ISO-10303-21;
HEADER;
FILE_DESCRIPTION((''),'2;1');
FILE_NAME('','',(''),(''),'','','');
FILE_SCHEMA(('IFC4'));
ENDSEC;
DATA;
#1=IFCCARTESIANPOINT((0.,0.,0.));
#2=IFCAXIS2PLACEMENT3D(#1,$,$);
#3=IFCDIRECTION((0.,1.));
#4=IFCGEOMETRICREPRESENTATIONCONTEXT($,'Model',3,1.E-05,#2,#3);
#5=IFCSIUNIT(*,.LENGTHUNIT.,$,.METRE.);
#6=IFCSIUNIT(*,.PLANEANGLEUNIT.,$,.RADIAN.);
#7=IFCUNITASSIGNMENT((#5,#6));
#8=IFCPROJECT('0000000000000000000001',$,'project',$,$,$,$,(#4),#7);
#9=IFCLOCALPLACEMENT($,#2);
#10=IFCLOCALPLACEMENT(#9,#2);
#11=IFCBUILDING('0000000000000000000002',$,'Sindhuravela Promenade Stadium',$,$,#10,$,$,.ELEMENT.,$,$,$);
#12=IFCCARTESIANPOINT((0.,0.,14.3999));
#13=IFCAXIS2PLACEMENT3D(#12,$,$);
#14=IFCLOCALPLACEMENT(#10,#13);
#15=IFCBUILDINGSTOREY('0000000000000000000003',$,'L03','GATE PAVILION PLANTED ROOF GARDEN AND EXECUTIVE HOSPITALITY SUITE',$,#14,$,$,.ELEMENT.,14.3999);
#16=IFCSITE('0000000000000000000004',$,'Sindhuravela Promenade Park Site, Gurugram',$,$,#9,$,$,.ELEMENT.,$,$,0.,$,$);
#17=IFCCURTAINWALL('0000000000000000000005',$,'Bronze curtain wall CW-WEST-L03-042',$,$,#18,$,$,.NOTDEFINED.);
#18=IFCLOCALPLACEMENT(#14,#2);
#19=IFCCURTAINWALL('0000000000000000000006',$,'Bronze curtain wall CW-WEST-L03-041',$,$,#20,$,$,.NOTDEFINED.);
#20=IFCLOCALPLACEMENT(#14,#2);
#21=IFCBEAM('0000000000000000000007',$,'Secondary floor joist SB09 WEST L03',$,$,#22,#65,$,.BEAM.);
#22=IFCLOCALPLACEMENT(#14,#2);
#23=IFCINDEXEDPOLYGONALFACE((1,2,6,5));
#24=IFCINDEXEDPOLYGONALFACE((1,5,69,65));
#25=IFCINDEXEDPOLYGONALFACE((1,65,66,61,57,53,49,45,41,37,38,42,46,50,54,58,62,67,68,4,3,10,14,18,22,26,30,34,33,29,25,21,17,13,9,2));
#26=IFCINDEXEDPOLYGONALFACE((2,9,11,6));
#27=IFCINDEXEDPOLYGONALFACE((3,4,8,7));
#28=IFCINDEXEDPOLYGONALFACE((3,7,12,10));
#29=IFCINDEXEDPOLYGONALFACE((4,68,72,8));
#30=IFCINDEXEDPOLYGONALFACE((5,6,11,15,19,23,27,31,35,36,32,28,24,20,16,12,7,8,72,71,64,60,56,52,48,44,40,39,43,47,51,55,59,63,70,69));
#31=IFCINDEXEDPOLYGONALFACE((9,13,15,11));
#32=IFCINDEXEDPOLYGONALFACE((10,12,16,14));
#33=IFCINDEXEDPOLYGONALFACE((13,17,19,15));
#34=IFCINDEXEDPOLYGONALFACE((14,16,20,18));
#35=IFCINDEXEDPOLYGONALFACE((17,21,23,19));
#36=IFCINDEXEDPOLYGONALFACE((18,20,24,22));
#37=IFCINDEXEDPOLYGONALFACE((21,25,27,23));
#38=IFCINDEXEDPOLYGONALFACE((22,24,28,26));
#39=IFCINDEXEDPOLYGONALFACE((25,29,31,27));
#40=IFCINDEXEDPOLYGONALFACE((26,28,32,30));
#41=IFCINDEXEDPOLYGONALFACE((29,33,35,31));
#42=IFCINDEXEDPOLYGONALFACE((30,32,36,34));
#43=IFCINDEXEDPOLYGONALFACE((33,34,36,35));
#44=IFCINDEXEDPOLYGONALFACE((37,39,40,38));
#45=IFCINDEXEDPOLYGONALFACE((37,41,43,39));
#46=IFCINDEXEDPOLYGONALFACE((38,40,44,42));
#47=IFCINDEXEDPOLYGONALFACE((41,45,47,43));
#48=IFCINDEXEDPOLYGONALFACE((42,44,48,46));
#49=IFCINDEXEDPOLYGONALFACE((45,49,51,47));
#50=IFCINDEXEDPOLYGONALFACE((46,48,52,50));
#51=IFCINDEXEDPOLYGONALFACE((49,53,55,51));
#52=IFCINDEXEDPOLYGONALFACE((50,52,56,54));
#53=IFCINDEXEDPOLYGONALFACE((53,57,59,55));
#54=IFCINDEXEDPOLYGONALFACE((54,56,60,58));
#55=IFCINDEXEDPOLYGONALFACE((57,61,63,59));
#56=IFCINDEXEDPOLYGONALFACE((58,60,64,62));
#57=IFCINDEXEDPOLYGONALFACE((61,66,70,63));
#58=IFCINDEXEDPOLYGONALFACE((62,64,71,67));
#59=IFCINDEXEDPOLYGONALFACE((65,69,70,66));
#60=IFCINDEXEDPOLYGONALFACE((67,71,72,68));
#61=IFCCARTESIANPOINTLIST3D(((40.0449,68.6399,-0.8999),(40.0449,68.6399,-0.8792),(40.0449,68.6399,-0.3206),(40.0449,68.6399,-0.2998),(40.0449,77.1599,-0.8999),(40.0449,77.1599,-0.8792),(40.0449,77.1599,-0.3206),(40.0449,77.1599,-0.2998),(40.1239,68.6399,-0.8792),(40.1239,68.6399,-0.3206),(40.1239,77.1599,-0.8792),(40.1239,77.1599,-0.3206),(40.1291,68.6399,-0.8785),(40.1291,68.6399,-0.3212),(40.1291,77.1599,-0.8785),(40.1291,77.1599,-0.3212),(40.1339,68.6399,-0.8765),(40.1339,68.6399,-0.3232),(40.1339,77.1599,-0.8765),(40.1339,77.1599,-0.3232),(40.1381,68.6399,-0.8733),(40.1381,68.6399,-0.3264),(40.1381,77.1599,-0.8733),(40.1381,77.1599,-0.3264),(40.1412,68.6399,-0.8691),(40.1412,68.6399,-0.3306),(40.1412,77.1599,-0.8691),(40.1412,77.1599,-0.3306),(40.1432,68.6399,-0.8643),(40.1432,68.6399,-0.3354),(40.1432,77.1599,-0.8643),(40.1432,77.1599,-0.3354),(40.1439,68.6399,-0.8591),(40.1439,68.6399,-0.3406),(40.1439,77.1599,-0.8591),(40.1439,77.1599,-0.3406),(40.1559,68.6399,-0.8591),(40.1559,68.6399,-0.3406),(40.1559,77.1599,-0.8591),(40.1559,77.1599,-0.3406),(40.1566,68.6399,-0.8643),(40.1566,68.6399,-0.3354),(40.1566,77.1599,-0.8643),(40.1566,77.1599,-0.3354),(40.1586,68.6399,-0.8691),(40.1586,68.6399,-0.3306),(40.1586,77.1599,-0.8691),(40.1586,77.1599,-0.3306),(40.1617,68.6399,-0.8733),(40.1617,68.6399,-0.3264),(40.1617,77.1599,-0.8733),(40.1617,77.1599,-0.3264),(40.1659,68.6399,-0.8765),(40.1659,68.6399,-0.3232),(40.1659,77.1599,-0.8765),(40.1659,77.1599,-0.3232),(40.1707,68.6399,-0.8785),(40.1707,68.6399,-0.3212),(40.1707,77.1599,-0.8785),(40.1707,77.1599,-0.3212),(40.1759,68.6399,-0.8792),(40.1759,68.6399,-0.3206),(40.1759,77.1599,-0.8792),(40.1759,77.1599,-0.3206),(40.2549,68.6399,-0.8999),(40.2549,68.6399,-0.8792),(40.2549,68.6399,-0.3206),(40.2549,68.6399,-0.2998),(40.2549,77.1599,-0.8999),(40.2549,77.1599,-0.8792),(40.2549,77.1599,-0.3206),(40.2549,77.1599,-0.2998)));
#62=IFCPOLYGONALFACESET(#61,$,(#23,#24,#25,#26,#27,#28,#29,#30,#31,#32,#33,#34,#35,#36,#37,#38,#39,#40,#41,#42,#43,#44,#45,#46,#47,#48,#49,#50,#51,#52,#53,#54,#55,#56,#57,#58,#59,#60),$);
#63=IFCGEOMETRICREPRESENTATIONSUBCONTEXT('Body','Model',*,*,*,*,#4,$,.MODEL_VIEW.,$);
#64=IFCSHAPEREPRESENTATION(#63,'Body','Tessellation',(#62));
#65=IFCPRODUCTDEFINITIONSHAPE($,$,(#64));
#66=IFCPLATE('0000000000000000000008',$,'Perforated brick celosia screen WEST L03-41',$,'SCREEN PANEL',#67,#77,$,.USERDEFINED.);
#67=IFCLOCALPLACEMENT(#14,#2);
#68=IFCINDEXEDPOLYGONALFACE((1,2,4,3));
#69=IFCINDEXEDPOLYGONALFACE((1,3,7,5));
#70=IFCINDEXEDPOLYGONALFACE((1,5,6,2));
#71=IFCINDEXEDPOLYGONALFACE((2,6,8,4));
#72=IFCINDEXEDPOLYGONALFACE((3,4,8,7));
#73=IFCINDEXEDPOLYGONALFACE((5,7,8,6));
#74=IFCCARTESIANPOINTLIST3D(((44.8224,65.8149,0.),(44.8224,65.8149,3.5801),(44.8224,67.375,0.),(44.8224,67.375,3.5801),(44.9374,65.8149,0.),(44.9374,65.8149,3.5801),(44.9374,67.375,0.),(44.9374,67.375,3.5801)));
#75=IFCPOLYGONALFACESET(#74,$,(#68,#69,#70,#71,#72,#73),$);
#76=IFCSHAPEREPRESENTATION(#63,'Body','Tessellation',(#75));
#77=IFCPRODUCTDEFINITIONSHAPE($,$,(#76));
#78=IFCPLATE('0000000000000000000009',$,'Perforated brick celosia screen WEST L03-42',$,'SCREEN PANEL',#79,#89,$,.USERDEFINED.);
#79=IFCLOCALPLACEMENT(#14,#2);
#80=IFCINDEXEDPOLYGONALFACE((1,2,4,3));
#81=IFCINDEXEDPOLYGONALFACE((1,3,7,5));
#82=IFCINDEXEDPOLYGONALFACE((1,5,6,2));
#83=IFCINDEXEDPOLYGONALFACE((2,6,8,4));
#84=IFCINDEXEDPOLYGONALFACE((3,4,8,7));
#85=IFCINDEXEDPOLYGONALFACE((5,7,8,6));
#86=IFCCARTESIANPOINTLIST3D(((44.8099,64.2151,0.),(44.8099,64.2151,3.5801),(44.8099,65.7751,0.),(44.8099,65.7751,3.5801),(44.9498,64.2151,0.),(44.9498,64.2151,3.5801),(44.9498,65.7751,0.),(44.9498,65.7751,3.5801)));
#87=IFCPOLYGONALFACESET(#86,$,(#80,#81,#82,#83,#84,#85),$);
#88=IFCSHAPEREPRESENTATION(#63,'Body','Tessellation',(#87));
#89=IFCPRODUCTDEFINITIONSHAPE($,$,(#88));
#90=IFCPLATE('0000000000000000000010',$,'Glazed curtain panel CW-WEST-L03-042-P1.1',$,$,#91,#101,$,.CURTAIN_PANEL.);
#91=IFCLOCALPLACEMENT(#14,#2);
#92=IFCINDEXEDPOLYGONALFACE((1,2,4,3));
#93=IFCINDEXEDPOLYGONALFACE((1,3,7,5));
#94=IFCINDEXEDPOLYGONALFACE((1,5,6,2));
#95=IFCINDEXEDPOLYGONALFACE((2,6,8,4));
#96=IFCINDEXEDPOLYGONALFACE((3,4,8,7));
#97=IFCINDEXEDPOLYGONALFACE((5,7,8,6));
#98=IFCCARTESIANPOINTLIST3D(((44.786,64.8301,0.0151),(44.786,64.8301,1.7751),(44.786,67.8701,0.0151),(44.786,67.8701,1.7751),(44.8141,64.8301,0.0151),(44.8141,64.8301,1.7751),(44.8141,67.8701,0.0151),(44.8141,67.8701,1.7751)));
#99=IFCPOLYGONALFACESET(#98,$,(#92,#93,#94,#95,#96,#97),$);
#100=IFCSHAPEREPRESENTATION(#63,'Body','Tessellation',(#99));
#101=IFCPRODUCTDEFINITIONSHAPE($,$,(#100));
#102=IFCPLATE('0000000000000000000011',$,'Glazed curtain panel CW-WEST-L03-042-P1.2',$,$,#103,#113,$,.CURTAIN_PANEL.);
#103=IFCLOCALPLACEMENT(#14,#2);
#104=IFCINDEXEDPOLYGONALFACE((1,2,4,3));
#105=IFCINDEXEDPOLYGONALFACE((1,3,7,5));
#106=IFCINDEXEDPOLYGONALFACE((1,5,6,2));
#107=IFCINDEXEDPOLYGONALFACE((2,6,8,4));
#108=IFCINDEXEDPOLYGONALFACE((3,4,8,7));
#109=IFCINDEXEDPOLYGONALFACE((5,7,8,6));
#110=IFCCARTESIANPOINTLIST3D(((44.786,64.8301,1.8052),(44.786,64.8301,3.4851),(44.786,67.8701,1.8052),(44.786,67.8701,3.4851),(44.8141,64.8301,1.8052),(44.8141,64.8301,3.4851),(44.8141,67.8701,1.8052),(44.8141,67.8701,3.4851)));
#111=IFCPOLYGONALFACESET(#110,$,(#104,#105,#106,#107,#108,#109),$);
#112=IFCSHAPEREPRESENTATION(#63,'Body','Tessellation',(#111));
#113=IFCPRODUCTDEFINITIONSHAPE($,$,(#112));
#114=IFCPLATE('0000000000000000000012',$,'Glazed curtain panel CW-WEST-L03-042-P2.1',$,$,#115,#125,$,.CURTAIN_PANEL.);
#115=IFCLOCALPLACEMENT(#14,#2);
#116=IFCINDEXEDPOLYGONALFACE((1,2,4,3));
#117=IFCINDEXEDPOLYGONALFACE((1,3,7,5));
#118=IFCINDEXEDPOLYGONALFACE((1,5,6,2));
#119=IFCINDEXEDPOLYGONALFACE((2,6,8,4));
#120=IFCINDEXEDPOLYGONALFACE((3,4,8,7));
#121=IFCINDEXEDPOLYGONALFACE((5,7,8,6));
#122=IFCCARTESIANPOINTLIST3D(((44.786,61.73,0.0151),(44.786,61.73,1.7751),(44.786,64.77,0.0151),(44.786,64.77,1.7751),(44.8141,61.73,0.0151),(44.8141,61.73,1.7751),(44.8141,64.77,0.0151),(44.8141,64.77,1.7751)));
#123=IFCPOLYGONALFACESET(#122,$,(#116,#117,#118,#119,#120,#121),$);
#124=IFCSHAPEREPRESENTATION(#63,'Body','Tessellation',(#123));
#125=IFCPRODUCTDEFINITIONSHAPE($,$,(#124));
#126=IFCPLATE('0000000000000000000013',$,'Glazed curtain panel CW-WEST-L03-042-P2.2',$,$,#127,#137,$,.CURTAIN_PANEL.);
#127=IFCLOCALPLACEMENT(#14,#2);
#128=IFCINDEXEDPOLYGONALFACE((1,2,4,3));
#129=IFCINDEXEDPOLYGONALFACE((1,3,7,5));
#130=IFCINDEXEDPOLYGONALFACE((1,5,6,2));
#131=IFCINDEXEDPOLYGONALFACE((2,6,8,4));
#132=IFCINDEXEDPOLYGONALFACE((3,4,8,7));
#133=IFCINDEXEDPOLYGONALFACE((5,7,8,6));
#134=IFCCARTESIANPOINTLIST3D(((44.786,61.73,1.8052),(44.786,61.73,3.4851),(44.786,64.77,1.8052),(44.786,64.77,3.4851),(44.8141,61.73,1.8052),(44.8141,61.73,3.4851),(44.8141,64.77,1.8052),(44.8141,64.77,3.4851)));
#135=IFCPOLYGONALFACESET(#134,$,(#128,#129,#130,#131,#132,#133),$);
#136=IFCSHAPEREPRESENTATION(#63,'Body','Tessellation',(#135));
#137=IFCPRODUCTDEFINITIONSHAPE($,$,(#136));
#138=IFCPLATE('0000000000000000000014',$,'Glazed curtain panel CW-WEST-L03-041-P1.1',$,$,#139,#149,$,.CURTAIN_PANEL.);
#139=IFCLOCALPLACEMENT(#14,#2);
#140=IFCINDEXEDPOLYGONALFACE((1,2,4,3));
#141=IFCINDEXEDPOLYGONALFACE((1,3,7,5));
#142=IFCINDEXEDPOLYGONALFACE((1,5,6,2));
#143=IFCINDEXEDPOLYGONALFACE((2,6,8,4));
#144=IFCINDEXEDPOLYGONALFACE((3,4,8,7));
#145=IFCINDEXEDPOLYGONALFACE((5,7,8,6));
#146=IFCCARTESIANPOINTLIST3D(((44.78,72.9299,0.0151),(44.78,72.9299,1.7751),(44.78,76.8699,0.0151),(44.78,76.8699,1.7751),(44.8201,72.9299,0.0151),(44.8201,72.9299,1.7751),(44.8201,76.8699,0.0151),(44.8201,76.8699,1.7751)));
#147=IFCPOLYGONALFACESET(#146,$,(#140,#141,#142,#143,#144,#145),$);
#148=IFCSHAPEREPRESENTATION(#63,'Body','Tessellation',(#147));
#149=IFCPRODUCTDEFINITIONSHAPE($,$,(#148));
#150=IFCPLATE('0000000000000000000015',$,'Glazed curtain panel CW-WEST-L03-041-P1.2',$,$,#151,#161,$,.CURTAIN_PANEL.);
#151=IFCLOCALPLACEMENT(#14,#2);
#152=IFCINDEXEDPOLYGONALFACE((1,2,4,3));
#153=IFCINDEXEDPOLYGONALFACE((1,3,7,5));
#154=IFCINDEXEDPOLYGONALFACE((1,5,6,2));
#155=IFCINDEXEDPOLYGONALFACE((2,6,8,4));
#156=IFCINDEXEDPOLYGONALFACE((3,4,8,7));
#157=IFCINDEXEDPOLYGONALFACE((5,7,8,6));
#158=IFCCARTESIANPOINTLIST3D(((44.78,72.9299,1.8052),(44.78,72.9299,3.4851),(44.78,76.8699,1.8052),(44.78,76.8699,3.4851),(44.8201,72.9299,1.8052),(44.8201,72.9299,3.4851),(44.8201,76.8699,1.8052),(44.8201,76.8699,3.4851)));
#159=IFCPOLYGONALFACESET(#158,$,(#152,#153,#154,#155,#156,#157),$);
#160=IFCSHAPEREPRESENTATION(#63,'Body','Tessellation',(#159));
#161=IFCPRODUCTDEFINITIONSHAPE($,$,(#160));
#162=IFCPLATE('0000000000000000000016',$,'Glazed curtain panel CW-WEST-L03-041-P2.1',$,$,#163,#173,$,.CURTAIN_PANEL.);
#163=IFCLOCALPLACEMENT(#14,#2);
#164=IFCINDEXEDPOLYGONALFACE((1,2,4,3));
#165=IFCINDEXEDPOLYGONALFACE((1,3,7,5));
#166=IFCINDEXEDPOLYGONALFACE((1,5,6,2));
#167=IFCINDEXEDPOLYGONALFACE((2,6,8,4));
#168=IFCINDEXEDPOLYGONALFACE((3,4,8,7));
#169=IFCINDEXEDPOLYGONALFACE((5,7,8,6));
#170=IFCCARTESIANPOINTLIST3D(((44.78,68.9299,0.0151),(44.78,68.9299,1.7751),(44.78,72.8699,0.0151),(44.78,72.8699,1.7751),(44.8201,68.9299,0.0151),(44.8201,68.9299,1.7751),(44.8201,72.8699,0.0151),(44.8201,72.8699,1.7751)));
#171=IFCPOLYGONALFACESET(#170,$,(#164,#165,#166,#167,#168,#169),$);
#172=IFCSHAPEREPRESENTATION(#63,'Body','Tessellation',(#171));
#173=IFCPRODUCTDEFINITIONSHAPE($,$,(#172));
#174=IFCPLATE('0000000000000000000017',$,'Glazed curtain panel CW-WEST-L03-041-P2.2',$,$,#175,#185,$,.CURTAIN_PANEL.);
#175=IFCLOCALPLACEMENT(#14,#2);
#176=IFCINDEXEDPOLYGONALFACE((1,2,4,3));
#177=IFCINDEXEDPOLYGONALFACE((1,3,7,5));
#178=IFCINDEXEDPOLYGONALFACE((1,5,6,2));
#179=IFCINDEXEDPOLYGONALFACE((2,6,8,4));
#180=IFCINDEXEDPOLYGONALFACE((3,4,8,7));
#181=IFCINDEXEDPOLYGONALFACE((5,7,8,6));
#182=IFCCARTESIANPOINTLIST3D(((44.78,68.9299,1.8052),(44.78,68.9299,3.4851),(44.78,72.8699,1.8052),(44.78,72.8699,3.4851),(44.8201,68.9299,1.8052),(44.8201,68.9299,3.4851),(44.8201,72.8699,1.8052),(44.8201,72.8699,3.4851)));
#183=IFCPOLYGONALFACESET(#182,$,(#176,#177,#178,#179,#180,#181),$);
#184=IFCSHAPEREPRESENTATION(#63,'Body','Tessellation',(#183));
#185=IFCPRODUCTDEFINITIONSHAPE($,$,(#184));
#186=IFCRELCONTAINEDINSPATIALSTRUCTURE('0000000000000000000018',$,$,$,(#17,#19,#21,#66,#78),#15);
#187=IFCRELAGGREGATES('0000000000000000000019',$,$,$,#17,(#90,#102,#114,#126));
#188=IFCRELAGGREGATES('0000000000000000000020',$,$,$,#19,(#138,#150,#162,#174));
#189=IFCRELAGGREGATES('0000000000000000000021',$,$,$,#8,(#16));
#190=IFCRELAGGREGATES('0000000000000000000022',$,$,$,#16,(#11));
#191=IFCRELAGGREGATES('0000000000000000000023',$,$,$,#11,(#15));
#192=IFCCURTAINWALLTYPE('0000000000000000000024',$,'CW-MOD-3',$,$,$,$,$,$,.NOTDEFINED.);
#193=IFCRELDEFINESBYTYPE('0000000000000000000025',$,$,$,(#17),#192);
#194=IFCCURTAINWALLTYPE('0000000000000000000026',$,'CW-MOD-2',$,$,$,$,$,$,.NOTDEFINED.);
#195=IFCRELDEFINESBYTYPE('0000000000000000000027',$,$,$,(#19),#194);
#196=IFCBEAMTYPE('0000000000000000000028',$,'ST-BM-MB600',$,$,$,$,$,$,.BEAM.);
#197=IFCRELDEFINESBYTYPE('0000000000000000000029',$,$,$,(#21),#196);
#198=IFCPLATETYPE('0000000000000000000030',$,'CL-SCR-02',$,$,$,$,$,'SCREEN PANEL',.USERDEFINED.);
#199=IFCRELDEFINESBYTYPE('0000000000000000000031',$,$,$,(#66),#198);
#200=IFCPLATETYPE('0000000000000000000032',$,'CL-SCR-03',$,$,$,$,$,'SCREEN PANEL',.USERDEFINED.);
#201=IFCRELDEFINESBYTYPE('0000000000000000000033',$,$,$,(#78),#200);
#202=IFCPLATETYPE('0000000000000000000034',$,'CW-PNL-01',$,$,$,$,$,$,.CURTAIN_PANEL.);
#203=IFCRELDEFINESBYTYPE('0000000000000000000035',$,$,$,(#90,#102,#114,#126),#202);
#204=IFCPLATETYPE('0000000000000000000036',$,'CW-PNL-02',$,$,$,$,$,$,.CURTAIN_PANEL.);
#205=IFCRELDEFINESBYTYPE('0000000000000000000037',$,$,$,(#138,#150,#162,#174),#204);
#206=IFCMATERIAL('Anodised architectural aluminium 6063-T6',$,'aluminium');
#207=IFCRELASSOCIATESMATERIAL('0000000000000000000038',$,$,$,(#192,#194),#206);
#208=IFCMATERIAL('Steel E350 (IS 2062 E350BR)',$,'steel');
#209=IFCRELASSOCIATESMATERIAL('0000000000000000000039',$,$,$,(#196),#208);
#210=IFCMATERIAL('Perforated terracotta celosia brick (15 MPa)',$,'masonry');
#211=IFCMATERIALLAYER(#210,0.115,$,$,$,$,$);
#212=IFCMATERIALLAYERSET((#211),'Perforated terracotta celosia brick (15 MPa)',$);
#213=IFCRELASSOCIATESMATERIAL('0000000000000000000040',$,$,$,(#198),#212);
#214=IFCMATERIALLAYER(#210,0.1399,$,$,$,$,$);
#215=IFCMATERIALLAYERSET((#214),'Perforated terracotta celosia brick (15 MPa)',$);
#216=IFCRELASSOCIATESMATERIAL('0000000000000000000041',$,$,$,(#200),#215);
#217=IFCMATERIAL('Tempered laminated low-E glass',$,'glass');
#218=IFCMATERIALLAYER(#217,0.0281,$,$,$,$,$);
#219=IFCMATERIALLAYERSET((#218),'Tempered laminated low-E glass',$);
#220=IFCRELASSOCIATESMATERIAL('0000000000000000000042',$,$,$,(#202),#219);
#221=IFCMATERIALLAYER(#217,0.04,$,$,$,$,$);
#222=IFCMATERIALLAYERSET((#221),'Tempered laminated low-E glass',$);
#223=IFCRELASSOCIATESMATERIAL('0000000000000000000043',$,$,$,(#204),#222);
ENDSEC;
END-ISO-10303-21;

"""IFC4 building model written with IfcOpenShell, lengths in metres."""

from ifc_helpers import new_model, si_unit, direction, frame, origin, origin_2d, place, context, subcontext, project, spatial, rectangle, i_section, extrude, material, layer, layer_set, material_profile, profile_set, type_object, element, aggregate, save


model = new_model("IFC4")

# Units and contexts
model_context = context("Model", 3, precision=1e-05, world=origin(), true_north=direction((0.0, 1.0)))
body_context = subcontext(model_context, "Body", "Model", "MODEL_VIEW")
ifc_project = project(units=[si_unit("LENGTHUNIT", "METRE"), si_unit("PLANEANGLEUNIT", "RADIAN")], contexts=[model_context])

# Site, building, storey
site_placement = place(None, origin())
site = spatial("IfcSite", under=ifc_project, at=site_placement, Name="Sindhuravela Promenade Park Site, Gurugram", CompositionType="ELEMENT", RefElevation=0.0)
building_placement = place(site_placement, origin())
building = spatial("IfcBuilding", under=site, at=building_placement, Name="Sindhuravela Promenade Stadium", CompositionType="ELEMENT")
storey_placement = place(building_placement, frame((0.0, 0.0, 14.3999)))
storey = spatial("IfcBuildingStorey", under=building, at=storey_placement, Name="L03", Description="GATE PAVILION PLANTED ROOF GARDEN AND EXECUTIVE HOSPITALITY SUITE", CompositionType="ELEMENT", Elevation=14.3999)

# Curtain walls
ifc_material_1 = material(Name="Anodised architectural aluminium 6063-T6", Category="aluminium")
curtain_wall_type_1 = type_object("IfcCurtainWallType", Name="CW-MOD-3", PredefinedType="NOTDEFINED", material=ifc_material_1)
curtain_wall_1_placement = place(storey_placement, origin())
curtain_wall_1 = element("IfcCurtainWall", 1, at=curtain_wall_1_placement, inside=storey, type_object=curtain_wall_type_1, Name="Bronze curtain wall CW-WEST-L03-042", PredefinedType="NOTDEFINED")
curtain_wall_type_2 = type_object("IfcCurtainWallType", Name="CW-MOD-2", PredefinedType="NOTDEFINED", material=ifc_material_1)
curtain_wall_2_placement = place(storey_placement, origin())
curtain_wall_2 = element("IfcCurtainWall", 2, at=curtain_wall_2_placement, inside=storey, type_object=curtain_wall_type_2, Name="Bronze curtain wall CW-WEST-L03-041", PredefinedType="NOTDEFINED")

# Beam
ifc_material_2 = material(Name="Steel E350 (IS 2062 E350BR)", Category="steel")
ifc_material_profile_1 = material_profile(ifc_material_2, i_section(OverallWidth=0.21, OverallDepth=0.6001, WebThickness=0.012, FlangeThickness=0.0208, FilletRadius=0.02, at=origin_2d()), Name="ISMB 600")
ifc_profile_set_1 = profile_set([ifc_material_profile_1], Name="Steel E350 (IS 2062 E350BR)")
beam_type_1 = type_object("IfcBeamType", Name="ST-BM-MB600", PredefinedType="BEAM", material=ifc_profile_set_1)
beam_1_placement = place(storey_placement, frame((40.1499, 68.6399, -0.5999), z_axis=(0.0, 1.0, 0.0), x_axis=(-1.0, 0.0, 0.0)))
element("IfcBeam", 3, at=beam_1_placement, inside=storey, type_object=beam_type_1, Name="Secondary floor joist SB09 WEST L03", PredefinedType="BEAM", context=body_context, shape_type="SweptSolid", body=[
    extrude(i_section(OverallWidth=0.21, OverallDepth=0.6001, WebThickness=0.012, FlangeThickness=0.0208, FilletRadius=0.02, at=origin_2d()), origin(), (0.0, 0.0, 1.0), 8.52),
])

# Plates
ifc_material_3 = material(Name="Perforated terracotta celosia brick (15 MPa)", Category="masonry")
ifc_layer_1 = layer(ifc_material_3, 0.115)
ifc_layer_set_1 = layer_set([ifc_layer_1], Name="Perforated terracotta celosia brick (15 MPa)")
plate_type_1 = type_object("IfcPlateType", Name="CL-SCR-02", ElementType="SCREEN PANEL", PredefinedType="USERDEFINED", material=ifc_layer_set_1)
plate_1_placement = place(storey_placement, frame((44.8799, 66.595, 0.0), z_axis=(0.0, 0.0, 1.0), x_axis=(0.0, -1.0, 0.0)))
element("IfcPlate", 4, at=plate_1_placement, inside=storey, type_object=plate_type_1, Name="Perforated brick celosia screen WEST L03-41", ObjectType="SCREEN PANEL", PredefinedType="USERDEFINED", context=body_context, shape_type="SweptSolid", body=[
    extrude(rectangle(XDim=1.5601, YDim=0.115, at=origin_2d()), origin(), (0.0, 0.0, 1.0), 3.5801),
])
ifc_layer_2 = layer(ifc_material_3, 0.1399)
ifc_layer_set_2 = layer_set([ifc_layer_2], Name="Perforated terracotta celosia brick (15 MPa)")
plate_type_2 = type_object("IfcPlateType", Name="CL-SCR-03", ElementType="SCREEN PANEL", PredefinedType="USERDEFINED", material=ifc_layer_set_2)
plate_2_placement = place(storey_placement, frame((44.8799, 64.9951, 0.0), z_axis=(0.0, 0.0, 1.0), x_axis=(0.0, -1.0, 0.0)))
element("IfcPlate", 5, at=plate_2_placement, inside=storey, type_object=plate_type_2, Name="Perforated brick celosia screen WEST L03-42", ObjectType="SCREEN PANEL", PredefinedType="USERDEFINED", context=body_context, shape_type="SweptSolid", body=[
    extrude(rectangle(XDim=1.5601, YDim=0.1399, at=origin_2d()), origin(), (0.0, 0.0, 1.0), 3.5801),
])

# Plates
ifc_material_4 = material(Name="Tempered laminated low-E glass", Category="glass")
ifc_layer_3 = layer(ifc_material_4, 0.0281)
ifc_layer_set_3 = layer_set([ifc_layer_3], Name="Tempered laminated low-E glass")
plate_type_3 = type_object("IfcPlateType", Name="CW-PNL-01", PredefinedType="CURTAIN_PANEL", material=ifc_layer_set_3)
plate_3_placement = place(storey_placement, frame((44.8, 66.3501, 0.0151), z_axis=(0.0, 0.0, 1.0), x_axis=(0.0, -1.0, 0.0)))
plate_3 = element("IfcPlate", 6, at=plate_3_placement, type_object=plate_type_3, Name="Glazed curtain panel CW-WEST-L03-042-P1.1", PredefinedType="CURTAIN_PANEL", context=body_context, shape_type="SweptSolid", body=[
    extrude(rectangle(XDim=3.04, YDim=0.0281, at=origin_2d()), origin(), (0.0, 0.0, 1.0), 1.76),
])
plate_4_placement = place(storey_placement, frame((44.8, 66.3501, 1.8052), z_axis=(0.0, 0.0, 1.0), x_axis=(0.0, -1.0, 0.0)))
plate_4 = element("IfcPlate", 7, at=plate_4_placement, type_object=plate_type_3, Name="Glazed curtain panel CW-WEST-L03-042-P1.2", PredefinedType="CURTAIN_PANEL", context=body_context, shape_type="SweptSolid", body=[
    extrude(rectangle(XDim=3.04, YDim=0.0281, at=origin_2d()), origin(), (0.0, 0.0, 1.0), 1.6799),
])
plate_5_placement = place(storey_placement, frame((44.8, 63.25, 0.0151), z_axis=(0.0, 0.0, 1.0), x_axis=(0.0, -1.0, 0.0)))
plate_5 = element("IfcPlate", 8, at=plate_5_placement, type_object=plate_type_3, Name="Glazed curtain panel CW-WEST-L03-042-P2.1", PredefinedType="CURTAIN_PANEL", context=body_context, shape_type="SweptSolid", body=[
    extrude(rectangle(XDim=3.04, YDim=0.0281, at=origin_2d()), origin(), (0.0, 0.0, 1.0), 1.76),
])
plate_6_placement = place(storey_placement, frame((44.8, 63.25, 1.8052), z_axis=(0.0, 0.0, 1.0), x_axis=(0.0, -1.0, 0.0)))
plate_6 = element("IfcPlate", 9, at=plate_6_placement, type_object=plate_type_3, Name="Glazed curtain panel CW-WEST-L03-042-P2.2", PredefinedType="CURTAIN_PANEL", context=body_context, shape_type="SweptSolid", body=[
    extrude(rectangle(XDim=3.04, YDim=0.0281, at=origin_2d()), origin(), (0.0, 0.0, 1.0), 1.6799),
])
aggregate(curtain_wall_1, [plate_3, plate_4, plate_5, plate_6])
ifc_layer_4 = layer(ifc_material_4, 0.04)
ifc_layer_set_4 = layer_set([ifc_layer_4], Name="Tempered laminated low-E glass")
plate_type_4 = type_object("IfcPlateType", Name="CW-PNL-02", PredefinedType="CURTAIN_PANEL", material=ifc_layer_set_4)
plate_7_placement = place(storey_placement, frame((44.8, 74.8999, 0.0151), z_axis=(0.0, 0.0, 1.0), x_axis=(0.0, -1.0, 0.0)))
plate_7 = element("IfcPlate", 10, at=plate_7_placement, type_object=plate_type_4, Name="Glazed curtain panel CW-WEST-L03-041-P1.1", PredefinedType="CURTAIN_PANEL", context=body_context, shape_type="SweptSolid", body=[
    extrude(rectangle(XDim=3.9399, YDim=0.04, at=origin_2d()), origin(), (0.0, 0.0, 1.0), 1.76),
])
plate_8_placement = place(storey_placement, frame((44.8, 74.8999, 1.8052), z_axis=(0.0, 0.0, 1.0), x_axis=(0.0, -1.0, 0.0)))
plate_8 = element("IfcPlate", 11, at=plate_8_placement, type_object=plate_type_4, Name="Glazed curtain panel CW-WEST-L03-041-P1.2", PredefinedType="CURTAIN_PANEL", context=body_context, shape_type="SweptSolid", body=[
    extrude(rectangle(XDim=3.9399, YDim=0.04, at=origin_2d()), origin(), (0.0, 0.0, 1.0), 1.6799),
])
plate_9_placement = place(storey_placement, frame((44.8, 70.8999, 0.0151), z_axis=(0.0, 0.0, 1.0), x_axis=(0.0, -1.0, 0.0)))
plate_9 = element("IfcPlate", 12, at=plate_9_placement, type_object=plate_type_4, Name="Glazed curtain panel CW-WEST-L03-041-P2.1", PredefinedType="CURTAIN_PANEL", context=body_context, shape_type="SweptSolid", body=[
    extrude(rectangle(XDim=3.9399, YDim=0.04, at=origin_2d()), origin(), (0.0, 0.0, 1.0), 1.76),
])
plate_10_placement = place(storey_placement, frame((44.8, 70.8999, 1.8052), z_axis=(0.0, 0.0, 1.0), x_axis=(0.0, -1.0, 0.0)))
plate_10 = element("IfcPlate", 13, at=plate_10_placement, type_object=plate_type_4, Name="Glazed curtain panel CW-WEST-L03-041-P2.2", PredefinedType="CURTAIN_PANEL", context=body_context, shape_type="SweptSolid", body=[
    extrude(rectangle(XDim=3.9399, YDim=0.04, at=origin_2d()), origin(), (0.0, 0.0, 1.0), 1.6799),
])
aggregate(curtain_wall_2, [plate_7, plate_8, plate_9, plate_10])

save(model, "model.ifc")
